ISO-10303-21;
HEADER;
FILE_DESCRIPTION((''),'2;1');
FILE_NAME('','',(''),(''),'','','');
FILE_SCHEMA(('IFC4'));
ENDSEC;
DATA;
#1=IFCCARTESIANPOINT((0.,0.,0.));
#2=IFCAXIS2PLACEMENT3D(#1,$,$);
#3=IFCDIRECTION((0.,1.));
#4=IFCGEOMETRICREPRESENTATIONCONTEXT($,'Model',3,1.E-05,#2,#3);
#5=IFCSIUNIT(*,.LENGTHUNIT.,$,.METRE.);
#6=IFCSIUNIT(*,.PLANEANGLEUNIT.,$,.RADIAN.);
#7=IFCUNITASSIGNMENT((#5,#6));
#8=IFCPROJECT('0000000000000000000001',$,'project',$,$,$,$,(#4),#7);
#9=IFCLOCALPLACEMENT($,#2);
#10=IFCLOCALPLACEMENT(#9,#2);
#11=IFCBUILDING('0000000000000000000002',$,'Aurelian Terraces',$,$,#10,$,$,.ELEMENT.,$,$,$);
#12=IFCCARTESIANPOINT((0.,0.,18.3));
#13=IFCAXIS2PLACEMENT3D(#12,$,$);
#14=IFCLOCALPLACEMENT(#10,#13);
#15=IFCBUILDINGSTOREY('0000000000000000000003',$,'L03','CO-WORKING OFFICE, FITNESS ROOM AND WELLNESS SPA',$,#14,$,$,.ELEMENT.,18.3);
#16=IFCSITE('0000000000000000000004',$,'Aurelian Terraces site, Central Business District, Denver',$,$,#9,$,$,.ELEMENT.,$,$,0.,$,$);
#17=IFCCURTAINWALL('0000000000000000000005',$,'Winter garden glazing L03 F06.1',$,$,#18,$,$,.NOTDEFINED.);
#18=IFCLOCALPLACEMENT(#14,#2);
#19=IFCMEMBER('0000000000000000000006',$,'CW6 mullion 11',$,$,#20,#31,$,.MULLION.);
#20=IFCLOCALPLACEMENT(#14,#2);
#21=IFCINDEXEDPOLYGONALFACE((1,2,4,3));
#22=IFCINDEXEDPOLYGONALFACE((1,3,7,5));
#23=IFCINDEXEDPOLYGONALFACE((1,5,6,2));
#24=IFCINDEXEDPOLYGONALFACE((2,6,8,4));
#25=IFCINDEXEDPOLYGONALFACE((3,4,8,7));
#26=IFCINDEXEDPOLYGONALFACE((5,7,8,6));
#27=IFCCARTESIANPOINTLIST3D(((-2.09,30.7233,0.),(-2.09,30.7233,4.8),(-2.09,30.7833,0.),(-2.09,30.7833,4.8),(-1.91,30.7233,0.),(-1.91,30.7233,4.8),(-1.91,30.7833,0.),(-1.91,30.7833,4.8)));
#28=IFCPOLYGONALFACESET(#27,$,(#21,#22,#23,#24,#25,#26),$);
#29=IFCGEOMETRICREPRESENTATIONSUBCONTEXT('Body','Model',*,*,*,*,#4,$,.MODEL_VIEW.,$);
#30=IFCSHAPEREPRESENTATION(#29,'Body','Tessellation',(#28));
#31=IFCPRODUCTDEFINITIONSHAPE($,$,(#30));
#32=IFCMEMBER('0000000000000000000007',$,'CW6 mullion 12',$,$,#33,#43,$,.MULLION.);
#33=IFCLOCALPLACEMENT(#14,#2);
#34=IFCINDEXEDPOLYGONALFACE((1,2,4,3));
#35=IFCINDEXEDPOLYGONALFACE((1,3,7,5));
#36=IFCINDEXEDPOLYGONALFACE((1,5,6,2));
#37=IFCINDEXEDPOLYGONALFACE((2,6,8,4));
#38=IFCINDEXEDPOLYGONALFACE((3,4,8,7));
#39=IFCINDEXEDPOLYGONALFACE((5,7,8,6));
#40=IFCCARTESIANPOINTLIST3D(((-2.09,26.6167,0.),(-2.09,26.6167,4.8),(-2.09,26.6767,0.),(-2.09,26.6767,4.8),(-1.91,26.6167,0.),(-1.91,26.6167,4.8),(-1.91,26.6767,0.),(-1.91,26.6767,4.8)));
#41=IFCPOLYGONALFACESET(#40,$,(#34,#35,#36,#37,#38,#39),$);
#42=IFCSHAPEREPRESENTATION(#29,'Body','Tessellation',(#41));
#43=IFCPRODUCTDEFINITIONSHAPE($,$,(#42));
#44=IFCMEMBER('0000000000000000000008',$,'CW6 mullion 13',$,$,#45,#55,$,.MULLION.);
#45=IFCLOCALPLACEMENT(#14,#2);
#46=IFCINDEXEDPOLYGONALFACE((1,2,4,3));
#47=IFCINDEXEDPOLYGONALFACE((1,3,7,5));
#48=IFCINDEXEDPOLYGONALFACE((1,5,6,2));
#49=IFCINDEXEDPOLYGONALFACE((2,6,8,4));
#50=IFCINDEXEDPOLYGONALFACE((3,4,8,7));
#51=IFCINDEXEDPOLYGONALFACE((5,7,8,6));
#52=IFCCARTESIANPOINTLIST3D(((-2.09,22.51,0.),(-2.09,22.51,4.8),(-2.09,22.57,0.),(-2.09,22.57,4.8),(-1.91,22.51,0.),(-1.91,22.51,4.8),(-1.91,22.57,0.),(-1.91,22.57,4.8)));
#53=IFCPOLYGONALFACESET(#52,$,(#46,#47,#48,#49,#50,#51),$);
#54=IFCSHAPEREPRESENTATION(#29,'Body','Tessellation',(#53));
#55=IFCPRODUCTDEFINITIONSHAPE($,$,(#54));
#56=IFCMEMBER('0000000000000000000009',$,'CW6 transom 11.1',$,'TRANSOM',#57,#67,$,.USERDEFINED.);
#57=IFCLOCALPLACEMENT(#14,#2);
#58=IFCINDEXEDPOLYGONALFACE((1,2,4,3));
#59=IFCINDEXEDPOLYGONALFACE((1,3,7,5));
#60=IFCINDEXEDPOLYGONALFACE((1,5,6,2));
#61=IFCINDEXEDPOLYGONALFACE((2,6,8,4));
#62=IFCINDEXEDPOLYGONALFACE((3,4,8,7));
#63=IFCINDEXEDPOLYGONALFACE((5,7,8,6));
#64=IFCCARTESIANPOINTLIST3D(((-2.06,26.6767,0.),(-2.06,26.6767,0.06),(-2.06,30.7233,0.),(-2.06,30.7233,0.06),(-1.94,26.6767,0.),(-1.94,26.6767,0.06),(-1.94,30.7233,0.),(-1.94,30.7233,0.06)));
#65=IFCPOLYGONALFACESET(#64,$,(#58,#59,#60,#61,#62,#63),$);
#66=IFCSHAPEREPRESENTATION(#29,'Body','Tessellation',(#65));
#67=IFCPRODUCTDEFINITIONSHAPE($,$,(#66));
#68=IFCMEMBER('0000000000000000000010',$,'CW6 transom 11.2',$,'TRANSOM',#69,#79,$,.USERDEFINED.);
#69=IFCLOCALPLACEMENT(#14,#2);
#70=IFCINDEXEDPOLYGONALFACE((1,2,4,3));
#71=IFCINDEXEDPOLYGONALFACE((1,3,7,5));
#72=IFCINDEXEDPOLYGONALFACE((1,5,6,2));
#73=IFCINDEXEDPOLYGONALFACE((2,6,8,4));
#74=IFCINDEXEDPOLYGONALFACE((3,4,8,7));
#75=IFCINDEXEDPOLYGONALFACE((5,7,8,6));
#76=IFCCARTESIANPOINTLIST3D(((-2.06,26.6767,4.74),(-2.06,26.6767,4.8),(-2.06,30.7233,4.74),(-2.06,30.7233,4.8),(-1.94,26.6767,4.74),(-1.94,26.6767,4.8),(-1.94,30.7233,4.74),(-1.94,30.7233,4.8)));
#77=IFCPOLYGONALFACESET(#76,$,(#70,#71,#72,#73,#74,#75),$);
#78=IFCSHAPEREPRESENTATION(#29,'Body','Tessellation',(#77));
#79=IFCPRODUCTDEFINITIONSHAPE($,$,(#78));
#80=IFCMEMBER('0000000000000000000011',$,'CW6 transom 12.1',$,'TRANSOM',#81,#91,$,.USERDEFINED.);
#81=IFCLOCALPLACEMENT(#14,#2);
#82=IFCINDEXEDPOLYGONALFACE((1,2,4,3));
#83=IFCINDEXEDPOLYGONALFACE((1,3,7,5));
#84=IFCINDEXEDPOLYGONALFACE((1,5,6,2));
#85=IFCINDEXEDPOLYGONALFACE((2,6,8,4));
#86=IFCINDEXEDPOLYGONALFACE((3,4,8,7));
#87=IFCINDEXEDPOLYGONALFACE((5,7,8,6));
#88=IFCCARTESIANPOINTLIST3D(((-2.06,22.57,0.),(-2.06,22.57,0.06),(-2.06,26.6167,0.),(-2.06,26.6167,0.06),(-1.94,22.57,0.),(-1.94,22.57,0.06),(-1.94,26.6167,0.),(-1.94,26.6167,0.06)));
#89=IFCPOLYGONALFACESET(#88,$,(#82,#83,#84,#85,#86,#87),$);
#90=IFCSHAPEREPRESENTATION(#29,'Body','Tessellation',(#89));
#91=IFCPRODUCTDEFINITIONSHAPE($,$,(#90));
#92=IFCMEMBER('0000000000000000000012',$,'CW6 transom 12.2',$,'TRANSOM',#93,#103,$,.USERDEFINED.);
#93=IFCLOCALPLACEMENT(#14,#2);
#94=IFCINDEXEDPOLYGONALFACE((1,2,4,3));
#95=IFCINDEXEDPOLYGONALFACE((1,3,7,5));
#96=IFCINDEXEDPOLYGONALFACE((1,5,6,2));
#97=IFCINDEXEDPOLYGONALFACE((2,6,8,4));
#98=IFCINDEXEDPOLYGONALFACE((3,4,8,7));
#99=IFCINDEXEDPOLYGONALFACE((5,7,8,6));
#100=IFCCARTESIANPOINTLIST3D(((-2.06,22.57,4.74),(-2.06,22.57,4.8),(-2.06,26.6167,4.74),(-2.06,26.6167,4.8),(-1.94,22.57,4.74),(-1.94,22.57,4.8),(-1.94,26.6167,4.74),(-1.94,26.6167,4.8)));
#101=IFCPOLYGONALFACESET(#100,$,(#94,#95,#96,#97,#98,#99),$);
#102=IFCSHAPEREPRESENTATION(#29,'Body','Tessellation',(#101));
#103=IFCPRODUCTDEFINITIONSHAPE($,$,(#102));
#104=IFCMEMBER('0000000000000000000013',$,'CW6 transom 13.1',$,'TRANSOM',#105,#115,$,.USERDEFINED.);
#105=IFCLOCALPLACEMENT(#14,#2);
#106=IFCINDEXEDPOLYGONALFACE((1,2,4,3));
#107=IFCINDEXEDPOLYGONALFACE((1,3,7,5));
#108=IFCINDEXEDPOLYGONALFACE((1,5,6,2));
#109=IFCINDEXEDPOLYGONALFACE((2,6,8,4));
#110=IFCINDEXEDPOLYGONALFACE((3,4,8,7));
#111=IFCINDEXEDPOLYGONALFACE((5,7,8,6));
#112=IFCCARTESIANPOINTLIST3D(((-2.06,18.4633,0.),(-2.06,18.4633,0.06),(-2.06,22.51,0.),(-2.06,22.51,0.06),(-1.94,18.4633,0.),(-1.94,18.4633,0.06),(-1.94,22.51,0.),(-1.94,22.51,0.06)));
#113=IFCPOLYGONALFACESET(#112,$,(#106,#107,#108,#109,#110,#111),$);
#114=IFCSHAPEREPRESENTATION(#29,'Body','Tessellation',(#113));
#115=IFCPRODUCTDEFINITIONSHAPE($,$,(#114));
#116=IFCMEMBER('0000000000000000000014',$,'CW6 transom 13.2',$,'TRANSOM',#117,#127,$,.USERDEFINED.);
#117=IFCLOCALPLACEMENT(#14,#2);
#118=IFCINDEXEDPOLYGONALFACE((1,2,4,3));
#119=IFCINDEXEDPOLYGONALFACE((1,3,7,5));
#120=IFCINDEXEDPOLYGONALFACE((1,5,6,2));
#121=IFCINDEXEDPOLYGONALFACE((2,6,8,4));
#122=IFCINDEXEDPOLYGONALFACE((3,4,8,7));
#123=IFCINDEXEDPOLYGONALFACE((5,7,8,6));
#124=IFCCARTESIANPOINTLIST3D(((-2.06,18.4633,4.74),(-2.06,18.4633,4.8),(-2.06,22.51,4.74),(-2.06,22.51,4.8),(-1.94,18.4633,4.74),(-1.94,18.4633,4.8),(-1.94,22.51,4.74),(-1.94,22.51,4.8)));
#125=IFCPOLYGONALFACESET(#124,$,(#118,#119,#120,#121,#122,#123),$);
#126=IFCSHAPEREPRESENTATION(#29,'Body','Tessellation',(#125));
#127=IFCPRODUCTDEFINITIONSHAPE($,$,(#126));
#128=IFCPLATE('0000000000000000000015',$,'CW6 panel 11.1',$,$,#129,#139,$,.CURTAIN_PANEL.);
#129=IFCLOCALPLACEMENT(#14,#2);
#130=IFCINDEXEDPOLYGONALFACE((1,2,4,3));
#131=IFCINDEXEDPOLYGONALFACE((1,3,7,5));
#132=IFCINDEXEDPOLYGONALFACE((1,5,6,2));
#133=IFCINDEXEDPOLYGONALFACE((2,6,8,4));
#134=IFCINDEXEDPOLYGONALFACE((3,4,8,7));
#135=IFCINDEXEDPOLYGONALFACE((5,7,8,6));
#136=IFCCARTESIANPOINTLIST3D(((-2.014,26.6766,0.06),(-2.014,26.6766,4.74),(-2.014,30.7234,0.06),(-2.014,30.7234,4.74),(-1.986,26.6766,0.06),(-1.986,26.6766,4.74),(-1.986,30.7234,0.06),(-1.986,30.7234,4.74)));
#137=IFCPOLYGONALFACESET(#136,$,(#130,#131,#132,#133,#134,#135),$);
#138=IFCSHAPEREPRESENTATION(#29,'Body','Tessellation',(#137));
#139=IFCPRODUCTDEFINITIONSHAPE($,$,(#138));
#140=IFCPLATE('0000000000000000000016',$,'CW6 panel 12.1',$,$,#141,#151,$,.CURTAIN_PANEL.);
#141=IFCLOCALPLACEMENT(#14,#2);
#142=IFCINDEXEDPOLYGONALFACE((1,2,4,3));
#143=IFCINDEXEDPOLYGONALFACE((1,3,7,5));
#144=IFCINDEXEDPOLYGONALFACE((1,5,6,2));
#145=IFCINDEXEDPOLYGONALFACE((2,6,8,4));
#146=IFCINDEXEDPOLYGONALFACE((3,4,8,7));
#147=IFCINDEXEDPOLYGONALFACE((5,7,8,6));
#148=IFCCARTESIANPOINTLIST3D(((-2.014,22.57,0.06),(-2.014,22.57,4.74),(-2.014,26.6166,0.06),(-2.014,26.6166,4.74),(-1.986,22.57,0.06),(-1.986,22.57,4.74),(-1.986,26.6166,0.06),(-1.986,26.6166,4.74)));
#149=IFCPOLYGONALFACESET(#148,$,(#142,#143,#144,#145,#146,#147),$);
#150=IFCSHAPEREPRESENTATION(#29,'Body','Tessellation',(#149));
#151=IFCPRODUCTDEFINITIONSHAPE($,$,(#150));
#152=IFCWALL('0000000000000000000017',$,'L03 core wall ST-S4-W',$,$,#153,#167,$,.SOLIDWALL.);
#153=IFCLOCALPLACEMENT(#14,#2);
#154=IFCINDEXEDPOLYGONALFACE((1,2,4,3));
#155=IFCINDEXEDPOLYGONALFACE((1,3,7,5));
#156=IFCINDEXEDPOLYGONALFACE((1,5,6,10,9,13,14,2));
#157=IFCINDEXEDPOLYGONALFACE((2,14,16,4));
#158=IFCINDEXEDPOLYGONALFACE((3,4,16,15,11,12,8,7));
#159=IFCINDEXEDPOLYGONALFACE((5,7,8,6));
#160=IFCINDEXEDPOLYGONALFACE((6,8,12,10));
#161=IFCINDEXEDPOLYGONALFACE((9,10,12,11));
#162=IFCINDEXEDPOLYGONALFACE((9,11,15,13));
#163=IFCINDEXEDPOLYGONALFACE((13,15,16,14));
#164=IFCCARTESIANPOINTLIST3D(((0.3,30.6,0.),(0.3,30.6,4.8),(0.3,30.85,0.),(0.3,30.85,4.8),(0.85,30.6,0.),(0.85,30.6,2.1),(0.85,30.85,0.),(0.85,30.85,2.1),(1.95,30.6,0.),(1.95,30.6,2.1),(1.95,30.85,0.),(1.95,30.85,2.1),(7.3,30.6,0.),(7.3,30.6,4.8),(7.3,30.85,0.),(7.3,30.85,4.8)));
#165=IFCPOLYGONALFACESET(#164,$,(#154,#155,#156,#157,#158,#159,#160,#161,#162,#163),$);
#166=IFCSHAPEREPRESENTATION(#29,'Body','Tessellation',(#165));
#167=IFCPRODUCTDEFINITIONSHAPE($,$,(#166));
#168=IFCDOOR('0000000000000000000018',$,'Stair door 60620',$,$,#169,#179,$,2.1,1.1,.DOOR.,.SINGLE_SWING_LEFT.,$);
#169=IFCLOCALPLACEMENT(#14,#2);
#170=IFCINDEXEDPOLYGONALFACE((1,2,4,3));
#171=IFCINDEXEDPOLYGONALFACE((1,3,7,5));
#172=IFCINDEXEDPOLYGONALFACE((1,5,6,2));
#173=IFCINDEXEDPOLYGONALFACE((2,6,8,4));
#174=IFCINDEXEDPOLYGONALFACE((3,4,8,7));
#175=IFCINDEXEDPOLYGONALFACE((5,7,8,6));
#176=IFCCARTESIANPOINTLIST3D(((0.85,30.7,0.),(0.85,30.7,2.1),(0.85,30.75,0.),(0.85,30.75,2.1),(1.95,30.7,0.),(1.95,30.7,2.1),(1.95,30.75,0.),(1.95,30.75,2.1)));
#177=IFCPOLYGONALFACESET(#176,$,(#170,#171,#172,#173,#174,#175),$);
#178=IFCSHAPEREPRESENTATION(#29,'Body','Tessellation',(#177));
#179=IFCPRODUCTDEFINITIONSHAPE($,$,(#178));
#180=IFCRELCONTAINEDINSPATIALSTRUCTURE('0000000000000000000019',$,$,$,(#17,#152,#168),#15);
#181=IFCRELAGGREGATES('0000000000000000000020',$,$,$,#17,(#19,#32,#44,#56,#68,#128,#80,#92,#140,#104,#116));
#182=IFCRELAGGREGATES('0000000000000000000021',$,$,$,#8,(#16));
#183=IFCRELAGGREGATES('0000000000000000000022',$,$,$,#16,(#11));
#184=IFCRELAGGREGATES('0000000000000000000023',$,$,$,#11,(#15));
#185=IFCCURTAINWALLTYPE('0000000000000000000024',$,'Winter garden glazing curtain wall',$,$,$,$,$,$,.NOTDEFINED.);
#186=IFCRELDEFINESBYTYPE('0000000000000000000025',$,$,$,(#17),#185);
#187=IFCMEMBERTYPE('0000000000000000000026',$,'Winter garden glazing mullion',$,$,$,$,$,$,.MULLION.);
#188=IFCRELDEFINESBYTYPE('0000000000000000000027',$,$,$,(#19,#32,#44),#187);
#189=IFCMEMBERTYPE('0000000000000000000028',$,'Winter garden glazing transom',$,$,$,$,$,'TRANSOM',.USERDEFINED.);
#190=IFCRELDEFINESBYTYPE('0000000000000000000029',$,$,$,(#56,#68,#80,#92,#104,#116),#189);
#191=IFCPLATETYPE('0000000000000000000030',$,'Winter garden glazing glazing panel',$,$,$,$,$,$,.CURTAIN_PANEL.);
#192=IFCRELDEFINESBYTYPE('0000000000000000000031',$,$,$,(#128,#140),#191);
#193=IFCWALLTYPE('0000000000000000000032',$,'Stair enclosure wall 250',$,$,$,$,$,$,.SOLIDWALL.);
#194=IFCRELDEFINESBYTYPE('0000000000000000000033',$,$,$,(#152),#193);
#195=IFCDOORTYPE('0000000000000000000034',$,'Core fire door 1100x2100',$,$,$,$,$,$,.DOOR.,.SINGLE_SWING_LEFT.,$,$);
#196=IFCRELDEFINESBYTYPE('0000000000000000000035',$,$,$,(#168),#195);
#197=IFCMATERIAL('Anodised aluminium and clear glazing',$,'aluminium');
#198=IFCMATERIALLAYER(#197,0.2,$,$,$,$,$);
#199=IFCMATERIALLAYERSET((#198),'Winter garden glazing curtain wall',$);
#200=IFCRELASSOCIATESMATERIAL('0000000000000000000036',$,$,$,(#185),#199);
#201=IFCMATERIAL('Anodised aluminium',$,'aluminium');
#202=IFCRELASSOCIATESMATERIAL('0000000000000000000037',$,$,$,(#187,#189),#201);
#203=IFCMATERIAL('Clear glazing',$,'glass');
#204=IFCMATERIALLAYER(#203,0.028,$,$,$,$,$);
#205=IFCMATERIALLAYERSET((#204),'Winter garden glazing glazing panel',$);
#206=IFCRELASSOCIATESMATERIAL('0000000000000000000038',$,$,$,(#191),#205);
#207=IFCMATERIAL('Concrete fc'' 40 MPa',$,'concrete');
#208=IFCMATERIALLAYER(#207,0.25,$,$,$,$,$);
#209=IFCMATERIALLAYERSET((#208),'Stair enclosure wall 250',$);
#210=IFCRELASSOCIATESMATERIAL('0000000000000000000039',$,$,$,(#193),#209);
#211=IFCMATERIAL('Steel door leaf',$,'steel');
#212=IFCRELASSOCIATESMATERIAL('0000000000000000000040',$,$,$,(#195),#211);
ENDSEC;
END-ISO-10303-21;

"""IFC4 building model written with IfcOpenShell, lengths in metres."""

from ifc_helpers import new_model, si_unit, direction, frame, frame_2d, origin, origin_2d, place, context, subcontext, project, spatial, rectangle, extrude, source, transform, mapped, material, layer, layer_set, material_profile, profile_set, type_object, element, fill, aggregate, save


model = new_model("IFC4")

# Units and contexts
model_context = context("Model", 3, precision=1e-05, world=origin(), true_north=direction((0.0, 1.0)))
body_context = subcontext(model_context, "Body", "Model", "MODEL_VIEW")
ifc_project = project(units=[si_unit("LENGTHUNIT", "METRE"), si_unit("PLANEANGLEUNIT", "RADIAN")], contexts=[model_context])

# Site, building, storey
site_placement = place(None, origin())
site = spatial("IfcSite", under=ifc_project, at=site_placement, Name="Aurelian Terraces site, Central Business District, Denver", CompositionType="ELEMENT", RefElevation=0.0)
building_placement = place(site_placement, origin())
building = spatial("IfcBuilding", under=site, at=building_placement, Name="Aurelian Terraces", CompositionType="ELEMENT")
storey_placement = place(building_placement, frame((0.0, 0.0, 18.3)))
storey = spatial("IfcBuildingStorey", under=building, at=storey_placement, Name="L03", Description="CO-WORKING OFFICE, FITNESS ROOM AND WELLNESS SPA", CompositionType="ELEMENT", Elevation=18.3)

# Curtain wall, members, plates
ifc_material_1 = material(Name="Anodised aluminium and clear glazing", Category="aluminium")
ifc_layer_1 = layer(ifc_material_1, 0.2)
ifc_layer_set_1 = layer_set([ifc_layer_1], Name="Winter garden glazing curtain wall")
curtain_wall_type = type_object("IfcCurtainWallType", Name="Winter garden glazing curtain wall", PredefinedType="NOTDEFINED", material=ifc_layer_set_1)
curtain_wall_placement = place(storey_placement, origin())
curtain_wall = element("IfcCurtainWall", 1, at=curtain_wall_placement, inside=storey, type_object=curtain_wall_type, Name="Winter garden glazing L03 F06.1", PredefinedType="NOTDEFINED")
ifc_material_2 = material(Name="Anodised aluminium", Category="aluminium")
ifc_material_profile_1 = material_profile(ifc_material_2, rectangle(XDim=0.18, YDim=0.06, at=origin_2d()))
ifc_profile_set_1 = profile_set([ifc_material_profile_1], Name="Anodised aluminium")
member_type_1 = type_object("IfcMemberType", Name="Winter garden glazing mullion", PredefinedType="MULLION", material=ifc_profile_set_1)
shared_shape_1 = source(origin(), body_context, "Body", "SweptSolid", [
    extrude(rectangle(XDim=0.18, YDim=0.06, at=origin_2d()), origin(), (0.0, 0.0, 1.0), 4.8),
])
member_1_placement = place(storey_placement, frame((-2.0, 30.7533, 0.0), z_axis=(0.0, 0.0, 1.0), x_axis=(1.0, 0.0, 0.0)))
member_1 = element("IfcMember", 2, at=member_1_placement, type_object=member_type_1, Name="CW6 mullion 11", PredefinedType="MULLION", context=body_context, shape_type="MappedRepresentation", body=[
    mapped(shared_shape_1, transform((0.0, 0.0, 0.0), scale=1.0)),
])
member_2_placement = place(storey_placement, frame((-2.0, 26.6467, 0.0), z_axis=(0.0, 0.0, 1.0), x_axis=(1.0, 0.0, 0.0)))
member_2 = element("IfcMember", 3, at=member_2_placement, type_object=member_type_1, Name="CW6 mullion 12", PredefinedType="MULLION", context=body_context, shape_type="MappedRepresentation", body=[
    mapped(shared_shape_1, transform((0.0, 0.0, 0.0), scale=1.0)),
])
member_3_placement = place(storey_placement, frame((-2.0, 22.54, 0.0), z_axis=(0.0, 0.0, 1.0), x_axis=(1.0, 0.0, 0.0)))
member_3 = element("IfcMember", 4, at=member_3_placement, type_object=member_type_1, Name="CW6 mullion 13", PredefinedType="MULLION", context=body_context, shape_type="MappedRepresentation", body=[
    mapped(shared_shape_1, transform((0.0, 0.0, 0.0), scale=1.0)),
])
ifc_material_profile_2 = material_profile(ifc_material_2, rectangle(XDim=0.12, YDim=0.06, at=origin_2d()))
ifc_profile_set_2 = profile_set([ifc_material_profile_2], Name="Anodised aluminium")
member_type_2 = type_object("IfcMemberType", Name="Winter garden glazing transom", ElementType="TRANSOM", PredefinedType="USERDEFINED", material=ifc_profile_set_2)
shared_shape_2 = source(origin(), body_context, "Body", "SweptSolid", [
    extrude(rectangle(XDim=0.12, YDim=0.06, at=origin_2d()), origin(), (0.0, 0.0, 1.0), 4.0466),
])
member_4_placement = place(storey_placement, frame((-2.0, 30.7233, 0.03), z_axis=(0.0, -1.0, 0.0), x_axis=(1.0, 0.0, 0.0)))
member_4 = element("IfcMember", 5, at=member_4_placement, type_object=member_type_2, Name="CW6 transom 11.1", ObjectType="TRANSOM", PredefinedType="USERDEFINED", context=body_context, shape_type="MappedRepresentation", body=[
    mapped(shared_shape_2, transform((0.0, 0.0, 0.0), scale=1.0)),
])
member_5_placement = place(storey_placement, frame((-2.0, 30.7233, 4.77), z_axis=(0.0, -1.0, 0.0), x_axis=(1.0, 0.0, 0.0)))
member_5 = element("IfcMember", 6, at=member_5_placement, type_object=member_type_2, Name="CW6 transom 11.2", ObjectType="TRANSOM", PredefinedType="USERDEFINED", context=body_context, shape_type="MappedRepresentation", body=[
    mapped(shared_shape_2, transform((0.0, 0.0, 0.0), scale=1.0)),
])
shared_shape_3 = source(origin(), body_context, "Body", "SweptSolid", [
    extrude(rectangle(XDim=0.12, YDim=0.06, at=origin_2d()), origin(), (0.0, 0.0, 1.0), 4.0467),
])
member_6_placement = place(storey_placement, frame((-2.0, 26.6167, 0.03), z_axis=(0.0, -1.0, 0.0), x_axis=(1.0, 0.0, 0.0)))
member_6 = element("IfcMember", 7, at=member_6_placement, type_object=member_type_2, Name="CW6 transom 12.1", ObjectType="TRANSOM", PredefinedType="USERDEFINED", context=body_context, shape_type="MappedRepresentation", body=[
    mapped(shared_shape_3, transform((0.0, 0.0, 0.0), scale=1.0)),
])
member_7_placement = place(storey_placement, frame((-2.0, 26.6167, 4.77), z_axis=(0.0, -1.0, 0.0), x_axis=(1.0, 0.0, 0.0)))
member_7 = element("IfcMember", 8, at=member_7_placement, type_object=member_type_2, Name="CW6 transom 12.2", ObjectType="TRANSOM", PredefinedType="USERDEFINED", context=body_context, shape_type="MappedRepresentation", body=[
    mapped(shared_shape_3, transform((0.0, 0.0, 0.0), scale=1.0)),
])
member_8_placement = place(storey_placement, frame((-2.0, 22.51, 0.03), z_axis=(0.0, -1.0, 0.0), x_axis=(1.0, 0.0, 0.0)))
member_8 = element("IfcMember", 9, at=member_8_placement, type_object=member_type_2, Name="CW6 transom 13.1", ObjectType="TRANSOM", PredefinedType="USERDEFINED", context=body_context, shape_type="MappedRepresentation", body=[
    mapped(shared_shape_3, transform((0.0, 0.0, 0.0), scale=1.0)),
])
member_9_placement = place(storey_placement, frame((-2.0, 22.51, 4.77), z_axis=(0.0, -1.0, 0.0), x_axis=(1.0, 0.0, 0.0)))
member_9 = element("IfcMember", 10, at=member_9_placement, type_object=member_type_2, Name="CW6 transom 13.2", ObjectType="TRANSOM", PredefinedType="USERDEFINED", context=body_context, shape_type="MappedRepresentation", body=[
    mapped(shared_shape_3, transform((0.0, 0.0, 0.0), scale=1.0)),
])
ifc_material_3 = material(Name="Clear glazing", Category="glass")
ifc_layer_2 = layer(ifc_material_3, 0.028)
ifc_layer_set_2 = layer_set([ifc_layer_2], Name="Winter garden glazing glazing panel")
plate_type = type_object("IfcPlateType", Name="Winter garden glazing glazing panel", PredefinedType="CURTAIN_PANEL", material=ifc_layer_set_2)
shared_shape_4 = source(origin(), body_context, "Body", "SweptSolid", [
    extrude(rectangle(XDim=4.0467, YDim=0.028, at=origin_2d()), origin(), (0.0, 0.0, 1.0), 4.68),
])
plate_1_placement = place(storey_placement, frame((-2.0, 28.7, 0.06), z_axis=(0.0, 0.0, 1.0), x_axis=(0.0, -1.0, 0.0)))
plate_1 = element("IfcPlate", 11, at=plate_1_placement, type_object=plate_type, Name="CW6 panel 11.1", PredefinedType="CURTAIN_PANEL", context=body_context, shape_type="MappedRepresentation", body=[
    mapped(shared_shape_4, transform((0.0, 0.0, 0.0), scale=1.0)),
])
plate_2_placement = place(storey_placement, frame((-2.0, 24.5933, 0.06), z_axis=(0.0, 0.0, 1.0), x_axis=(0.0, -1.0, 0.0)))
plate_2 = element("IfcPlate", 12, at=plate_2_placement, type_object=plate_type, Name="CW6 panel 12.1", PredefinedType="CURTAIN_PANEL", context=body_context, shape_type="MappedRepresentation", body=[
    mapped(shared_shape_4, transform((0.0, 0.0, 0.0), scale=1.0)),
])
aggregate(curtain_wall, [member_1, member_2, member_3, member_4, member_5, plate_1, member_6, member_7, plate_2, member_8, member_9])

# Wall, opening, door
ifc_material_4 = material(Name="Concrete fc' 40 MPa", Category="concrete")
ifc_layer_3 = layer(ifc_material_4, 0.25)
ifc_layer_set_3 = layer_set([ifc_layer_3], Name="Stair enclosure wall 250")
wall_type_1 = type_object("IfcWallType", Name="Stair enclosure wall 250", PredefinedType="SOLIDWALL", material=ifc_layer_set_3)
shared_shape_5 = source(origin(), body_context, "Body", "SweptSolid", [
    extrude(rectangle(XDim=7.0, YDim=0.25, at=frame_2d((3.5, 0.0))), origin(), (0.0, 0.0, 1.0), 4.8),
])
wall_1_placement = place(storey_placement, frame((0.3, 30.725, 0.0), z_axis=(0.0, 0.0, 1.0), x_axis=(1.0, 0.0, 0.0)))
wall_1 = element("IfcWall", 13, at=wall_1_placement, inside=storey, type_object=wall_type_1, Name="L03 core wall ST-S4-W", PredefinedType="SOLIDWALL", context=body_context, shape_type="MappedRepresentation", body=[
    mapped(shared_shape_5, transform((0.0, 0.0, 0.0), scale=1.0)),
])
shared_shape_6 = source(origin(), body_context, "Body", "SweptSolid", [
    extrude(rectangle(XDim=1.1, YDim=2.1, at=frame_2d((0.55, 1.05))), frame((0.0, 0.135, 0.0), z_axis=(0.0, -1.0, 0.0), x_axis=(1.0, 0.0, 0.0)), (0.0, 0.0, 1.0), 0.27),
])
opening_placement = place(wall_1_placement, frame((0.55, 0.0, 0.0)))
opening = element("IfcOpeningElement", 14, at=opening_placement, cuts=wall_1, PredefinedType="OPENING", context=body_context, shape_type="MappedRepresentation", body=[
    mapped(shared_shape_6, transform((0.0, 0.0, 0.0), scale=1.0)),
])
ifc_material_5 = material(Name="Steel door leaf", Category="steel")
door_type = type_object("IfcDoorType", Name="Core fire door 1100x2100", OperationType="SINGLE_SWING_LEFT", PredefinedType="DOOR", material=ifc_material_5)
shared_shape_7 = source(origin(), body_context, "Body", "SweptSolid", [
    extrude(rectangle(XDim=1.1, YDim=2.1, at=frame_2d((0.55, 1.05))), frame((0.0, 0.025, 0.0), z_axis=(0.0, -1.0, 0.0), x_axis=(1.0, 0.0, 0.0)), (0.0, 0.0, 1.0), 0.05),
])
door_placement = place(opening_placement, origin())
door = element("IfcDoor", 15, at=door_placement, inside=storey, type_object=door_type, Name="Stair door 60620", OperationType="SINGLE_SWING_LEFT", OverallHeight=2.1, OverallWidth=1.1, PredefinedType="DOOR", context=body_context, shape_type="MappedRepresentation", body=[
    mapped(shared_shape_7, transform((0.0, 0.0, 0.0), scale=1.0)),
])
fill(opening, door)

save(model, "model.ifc")
